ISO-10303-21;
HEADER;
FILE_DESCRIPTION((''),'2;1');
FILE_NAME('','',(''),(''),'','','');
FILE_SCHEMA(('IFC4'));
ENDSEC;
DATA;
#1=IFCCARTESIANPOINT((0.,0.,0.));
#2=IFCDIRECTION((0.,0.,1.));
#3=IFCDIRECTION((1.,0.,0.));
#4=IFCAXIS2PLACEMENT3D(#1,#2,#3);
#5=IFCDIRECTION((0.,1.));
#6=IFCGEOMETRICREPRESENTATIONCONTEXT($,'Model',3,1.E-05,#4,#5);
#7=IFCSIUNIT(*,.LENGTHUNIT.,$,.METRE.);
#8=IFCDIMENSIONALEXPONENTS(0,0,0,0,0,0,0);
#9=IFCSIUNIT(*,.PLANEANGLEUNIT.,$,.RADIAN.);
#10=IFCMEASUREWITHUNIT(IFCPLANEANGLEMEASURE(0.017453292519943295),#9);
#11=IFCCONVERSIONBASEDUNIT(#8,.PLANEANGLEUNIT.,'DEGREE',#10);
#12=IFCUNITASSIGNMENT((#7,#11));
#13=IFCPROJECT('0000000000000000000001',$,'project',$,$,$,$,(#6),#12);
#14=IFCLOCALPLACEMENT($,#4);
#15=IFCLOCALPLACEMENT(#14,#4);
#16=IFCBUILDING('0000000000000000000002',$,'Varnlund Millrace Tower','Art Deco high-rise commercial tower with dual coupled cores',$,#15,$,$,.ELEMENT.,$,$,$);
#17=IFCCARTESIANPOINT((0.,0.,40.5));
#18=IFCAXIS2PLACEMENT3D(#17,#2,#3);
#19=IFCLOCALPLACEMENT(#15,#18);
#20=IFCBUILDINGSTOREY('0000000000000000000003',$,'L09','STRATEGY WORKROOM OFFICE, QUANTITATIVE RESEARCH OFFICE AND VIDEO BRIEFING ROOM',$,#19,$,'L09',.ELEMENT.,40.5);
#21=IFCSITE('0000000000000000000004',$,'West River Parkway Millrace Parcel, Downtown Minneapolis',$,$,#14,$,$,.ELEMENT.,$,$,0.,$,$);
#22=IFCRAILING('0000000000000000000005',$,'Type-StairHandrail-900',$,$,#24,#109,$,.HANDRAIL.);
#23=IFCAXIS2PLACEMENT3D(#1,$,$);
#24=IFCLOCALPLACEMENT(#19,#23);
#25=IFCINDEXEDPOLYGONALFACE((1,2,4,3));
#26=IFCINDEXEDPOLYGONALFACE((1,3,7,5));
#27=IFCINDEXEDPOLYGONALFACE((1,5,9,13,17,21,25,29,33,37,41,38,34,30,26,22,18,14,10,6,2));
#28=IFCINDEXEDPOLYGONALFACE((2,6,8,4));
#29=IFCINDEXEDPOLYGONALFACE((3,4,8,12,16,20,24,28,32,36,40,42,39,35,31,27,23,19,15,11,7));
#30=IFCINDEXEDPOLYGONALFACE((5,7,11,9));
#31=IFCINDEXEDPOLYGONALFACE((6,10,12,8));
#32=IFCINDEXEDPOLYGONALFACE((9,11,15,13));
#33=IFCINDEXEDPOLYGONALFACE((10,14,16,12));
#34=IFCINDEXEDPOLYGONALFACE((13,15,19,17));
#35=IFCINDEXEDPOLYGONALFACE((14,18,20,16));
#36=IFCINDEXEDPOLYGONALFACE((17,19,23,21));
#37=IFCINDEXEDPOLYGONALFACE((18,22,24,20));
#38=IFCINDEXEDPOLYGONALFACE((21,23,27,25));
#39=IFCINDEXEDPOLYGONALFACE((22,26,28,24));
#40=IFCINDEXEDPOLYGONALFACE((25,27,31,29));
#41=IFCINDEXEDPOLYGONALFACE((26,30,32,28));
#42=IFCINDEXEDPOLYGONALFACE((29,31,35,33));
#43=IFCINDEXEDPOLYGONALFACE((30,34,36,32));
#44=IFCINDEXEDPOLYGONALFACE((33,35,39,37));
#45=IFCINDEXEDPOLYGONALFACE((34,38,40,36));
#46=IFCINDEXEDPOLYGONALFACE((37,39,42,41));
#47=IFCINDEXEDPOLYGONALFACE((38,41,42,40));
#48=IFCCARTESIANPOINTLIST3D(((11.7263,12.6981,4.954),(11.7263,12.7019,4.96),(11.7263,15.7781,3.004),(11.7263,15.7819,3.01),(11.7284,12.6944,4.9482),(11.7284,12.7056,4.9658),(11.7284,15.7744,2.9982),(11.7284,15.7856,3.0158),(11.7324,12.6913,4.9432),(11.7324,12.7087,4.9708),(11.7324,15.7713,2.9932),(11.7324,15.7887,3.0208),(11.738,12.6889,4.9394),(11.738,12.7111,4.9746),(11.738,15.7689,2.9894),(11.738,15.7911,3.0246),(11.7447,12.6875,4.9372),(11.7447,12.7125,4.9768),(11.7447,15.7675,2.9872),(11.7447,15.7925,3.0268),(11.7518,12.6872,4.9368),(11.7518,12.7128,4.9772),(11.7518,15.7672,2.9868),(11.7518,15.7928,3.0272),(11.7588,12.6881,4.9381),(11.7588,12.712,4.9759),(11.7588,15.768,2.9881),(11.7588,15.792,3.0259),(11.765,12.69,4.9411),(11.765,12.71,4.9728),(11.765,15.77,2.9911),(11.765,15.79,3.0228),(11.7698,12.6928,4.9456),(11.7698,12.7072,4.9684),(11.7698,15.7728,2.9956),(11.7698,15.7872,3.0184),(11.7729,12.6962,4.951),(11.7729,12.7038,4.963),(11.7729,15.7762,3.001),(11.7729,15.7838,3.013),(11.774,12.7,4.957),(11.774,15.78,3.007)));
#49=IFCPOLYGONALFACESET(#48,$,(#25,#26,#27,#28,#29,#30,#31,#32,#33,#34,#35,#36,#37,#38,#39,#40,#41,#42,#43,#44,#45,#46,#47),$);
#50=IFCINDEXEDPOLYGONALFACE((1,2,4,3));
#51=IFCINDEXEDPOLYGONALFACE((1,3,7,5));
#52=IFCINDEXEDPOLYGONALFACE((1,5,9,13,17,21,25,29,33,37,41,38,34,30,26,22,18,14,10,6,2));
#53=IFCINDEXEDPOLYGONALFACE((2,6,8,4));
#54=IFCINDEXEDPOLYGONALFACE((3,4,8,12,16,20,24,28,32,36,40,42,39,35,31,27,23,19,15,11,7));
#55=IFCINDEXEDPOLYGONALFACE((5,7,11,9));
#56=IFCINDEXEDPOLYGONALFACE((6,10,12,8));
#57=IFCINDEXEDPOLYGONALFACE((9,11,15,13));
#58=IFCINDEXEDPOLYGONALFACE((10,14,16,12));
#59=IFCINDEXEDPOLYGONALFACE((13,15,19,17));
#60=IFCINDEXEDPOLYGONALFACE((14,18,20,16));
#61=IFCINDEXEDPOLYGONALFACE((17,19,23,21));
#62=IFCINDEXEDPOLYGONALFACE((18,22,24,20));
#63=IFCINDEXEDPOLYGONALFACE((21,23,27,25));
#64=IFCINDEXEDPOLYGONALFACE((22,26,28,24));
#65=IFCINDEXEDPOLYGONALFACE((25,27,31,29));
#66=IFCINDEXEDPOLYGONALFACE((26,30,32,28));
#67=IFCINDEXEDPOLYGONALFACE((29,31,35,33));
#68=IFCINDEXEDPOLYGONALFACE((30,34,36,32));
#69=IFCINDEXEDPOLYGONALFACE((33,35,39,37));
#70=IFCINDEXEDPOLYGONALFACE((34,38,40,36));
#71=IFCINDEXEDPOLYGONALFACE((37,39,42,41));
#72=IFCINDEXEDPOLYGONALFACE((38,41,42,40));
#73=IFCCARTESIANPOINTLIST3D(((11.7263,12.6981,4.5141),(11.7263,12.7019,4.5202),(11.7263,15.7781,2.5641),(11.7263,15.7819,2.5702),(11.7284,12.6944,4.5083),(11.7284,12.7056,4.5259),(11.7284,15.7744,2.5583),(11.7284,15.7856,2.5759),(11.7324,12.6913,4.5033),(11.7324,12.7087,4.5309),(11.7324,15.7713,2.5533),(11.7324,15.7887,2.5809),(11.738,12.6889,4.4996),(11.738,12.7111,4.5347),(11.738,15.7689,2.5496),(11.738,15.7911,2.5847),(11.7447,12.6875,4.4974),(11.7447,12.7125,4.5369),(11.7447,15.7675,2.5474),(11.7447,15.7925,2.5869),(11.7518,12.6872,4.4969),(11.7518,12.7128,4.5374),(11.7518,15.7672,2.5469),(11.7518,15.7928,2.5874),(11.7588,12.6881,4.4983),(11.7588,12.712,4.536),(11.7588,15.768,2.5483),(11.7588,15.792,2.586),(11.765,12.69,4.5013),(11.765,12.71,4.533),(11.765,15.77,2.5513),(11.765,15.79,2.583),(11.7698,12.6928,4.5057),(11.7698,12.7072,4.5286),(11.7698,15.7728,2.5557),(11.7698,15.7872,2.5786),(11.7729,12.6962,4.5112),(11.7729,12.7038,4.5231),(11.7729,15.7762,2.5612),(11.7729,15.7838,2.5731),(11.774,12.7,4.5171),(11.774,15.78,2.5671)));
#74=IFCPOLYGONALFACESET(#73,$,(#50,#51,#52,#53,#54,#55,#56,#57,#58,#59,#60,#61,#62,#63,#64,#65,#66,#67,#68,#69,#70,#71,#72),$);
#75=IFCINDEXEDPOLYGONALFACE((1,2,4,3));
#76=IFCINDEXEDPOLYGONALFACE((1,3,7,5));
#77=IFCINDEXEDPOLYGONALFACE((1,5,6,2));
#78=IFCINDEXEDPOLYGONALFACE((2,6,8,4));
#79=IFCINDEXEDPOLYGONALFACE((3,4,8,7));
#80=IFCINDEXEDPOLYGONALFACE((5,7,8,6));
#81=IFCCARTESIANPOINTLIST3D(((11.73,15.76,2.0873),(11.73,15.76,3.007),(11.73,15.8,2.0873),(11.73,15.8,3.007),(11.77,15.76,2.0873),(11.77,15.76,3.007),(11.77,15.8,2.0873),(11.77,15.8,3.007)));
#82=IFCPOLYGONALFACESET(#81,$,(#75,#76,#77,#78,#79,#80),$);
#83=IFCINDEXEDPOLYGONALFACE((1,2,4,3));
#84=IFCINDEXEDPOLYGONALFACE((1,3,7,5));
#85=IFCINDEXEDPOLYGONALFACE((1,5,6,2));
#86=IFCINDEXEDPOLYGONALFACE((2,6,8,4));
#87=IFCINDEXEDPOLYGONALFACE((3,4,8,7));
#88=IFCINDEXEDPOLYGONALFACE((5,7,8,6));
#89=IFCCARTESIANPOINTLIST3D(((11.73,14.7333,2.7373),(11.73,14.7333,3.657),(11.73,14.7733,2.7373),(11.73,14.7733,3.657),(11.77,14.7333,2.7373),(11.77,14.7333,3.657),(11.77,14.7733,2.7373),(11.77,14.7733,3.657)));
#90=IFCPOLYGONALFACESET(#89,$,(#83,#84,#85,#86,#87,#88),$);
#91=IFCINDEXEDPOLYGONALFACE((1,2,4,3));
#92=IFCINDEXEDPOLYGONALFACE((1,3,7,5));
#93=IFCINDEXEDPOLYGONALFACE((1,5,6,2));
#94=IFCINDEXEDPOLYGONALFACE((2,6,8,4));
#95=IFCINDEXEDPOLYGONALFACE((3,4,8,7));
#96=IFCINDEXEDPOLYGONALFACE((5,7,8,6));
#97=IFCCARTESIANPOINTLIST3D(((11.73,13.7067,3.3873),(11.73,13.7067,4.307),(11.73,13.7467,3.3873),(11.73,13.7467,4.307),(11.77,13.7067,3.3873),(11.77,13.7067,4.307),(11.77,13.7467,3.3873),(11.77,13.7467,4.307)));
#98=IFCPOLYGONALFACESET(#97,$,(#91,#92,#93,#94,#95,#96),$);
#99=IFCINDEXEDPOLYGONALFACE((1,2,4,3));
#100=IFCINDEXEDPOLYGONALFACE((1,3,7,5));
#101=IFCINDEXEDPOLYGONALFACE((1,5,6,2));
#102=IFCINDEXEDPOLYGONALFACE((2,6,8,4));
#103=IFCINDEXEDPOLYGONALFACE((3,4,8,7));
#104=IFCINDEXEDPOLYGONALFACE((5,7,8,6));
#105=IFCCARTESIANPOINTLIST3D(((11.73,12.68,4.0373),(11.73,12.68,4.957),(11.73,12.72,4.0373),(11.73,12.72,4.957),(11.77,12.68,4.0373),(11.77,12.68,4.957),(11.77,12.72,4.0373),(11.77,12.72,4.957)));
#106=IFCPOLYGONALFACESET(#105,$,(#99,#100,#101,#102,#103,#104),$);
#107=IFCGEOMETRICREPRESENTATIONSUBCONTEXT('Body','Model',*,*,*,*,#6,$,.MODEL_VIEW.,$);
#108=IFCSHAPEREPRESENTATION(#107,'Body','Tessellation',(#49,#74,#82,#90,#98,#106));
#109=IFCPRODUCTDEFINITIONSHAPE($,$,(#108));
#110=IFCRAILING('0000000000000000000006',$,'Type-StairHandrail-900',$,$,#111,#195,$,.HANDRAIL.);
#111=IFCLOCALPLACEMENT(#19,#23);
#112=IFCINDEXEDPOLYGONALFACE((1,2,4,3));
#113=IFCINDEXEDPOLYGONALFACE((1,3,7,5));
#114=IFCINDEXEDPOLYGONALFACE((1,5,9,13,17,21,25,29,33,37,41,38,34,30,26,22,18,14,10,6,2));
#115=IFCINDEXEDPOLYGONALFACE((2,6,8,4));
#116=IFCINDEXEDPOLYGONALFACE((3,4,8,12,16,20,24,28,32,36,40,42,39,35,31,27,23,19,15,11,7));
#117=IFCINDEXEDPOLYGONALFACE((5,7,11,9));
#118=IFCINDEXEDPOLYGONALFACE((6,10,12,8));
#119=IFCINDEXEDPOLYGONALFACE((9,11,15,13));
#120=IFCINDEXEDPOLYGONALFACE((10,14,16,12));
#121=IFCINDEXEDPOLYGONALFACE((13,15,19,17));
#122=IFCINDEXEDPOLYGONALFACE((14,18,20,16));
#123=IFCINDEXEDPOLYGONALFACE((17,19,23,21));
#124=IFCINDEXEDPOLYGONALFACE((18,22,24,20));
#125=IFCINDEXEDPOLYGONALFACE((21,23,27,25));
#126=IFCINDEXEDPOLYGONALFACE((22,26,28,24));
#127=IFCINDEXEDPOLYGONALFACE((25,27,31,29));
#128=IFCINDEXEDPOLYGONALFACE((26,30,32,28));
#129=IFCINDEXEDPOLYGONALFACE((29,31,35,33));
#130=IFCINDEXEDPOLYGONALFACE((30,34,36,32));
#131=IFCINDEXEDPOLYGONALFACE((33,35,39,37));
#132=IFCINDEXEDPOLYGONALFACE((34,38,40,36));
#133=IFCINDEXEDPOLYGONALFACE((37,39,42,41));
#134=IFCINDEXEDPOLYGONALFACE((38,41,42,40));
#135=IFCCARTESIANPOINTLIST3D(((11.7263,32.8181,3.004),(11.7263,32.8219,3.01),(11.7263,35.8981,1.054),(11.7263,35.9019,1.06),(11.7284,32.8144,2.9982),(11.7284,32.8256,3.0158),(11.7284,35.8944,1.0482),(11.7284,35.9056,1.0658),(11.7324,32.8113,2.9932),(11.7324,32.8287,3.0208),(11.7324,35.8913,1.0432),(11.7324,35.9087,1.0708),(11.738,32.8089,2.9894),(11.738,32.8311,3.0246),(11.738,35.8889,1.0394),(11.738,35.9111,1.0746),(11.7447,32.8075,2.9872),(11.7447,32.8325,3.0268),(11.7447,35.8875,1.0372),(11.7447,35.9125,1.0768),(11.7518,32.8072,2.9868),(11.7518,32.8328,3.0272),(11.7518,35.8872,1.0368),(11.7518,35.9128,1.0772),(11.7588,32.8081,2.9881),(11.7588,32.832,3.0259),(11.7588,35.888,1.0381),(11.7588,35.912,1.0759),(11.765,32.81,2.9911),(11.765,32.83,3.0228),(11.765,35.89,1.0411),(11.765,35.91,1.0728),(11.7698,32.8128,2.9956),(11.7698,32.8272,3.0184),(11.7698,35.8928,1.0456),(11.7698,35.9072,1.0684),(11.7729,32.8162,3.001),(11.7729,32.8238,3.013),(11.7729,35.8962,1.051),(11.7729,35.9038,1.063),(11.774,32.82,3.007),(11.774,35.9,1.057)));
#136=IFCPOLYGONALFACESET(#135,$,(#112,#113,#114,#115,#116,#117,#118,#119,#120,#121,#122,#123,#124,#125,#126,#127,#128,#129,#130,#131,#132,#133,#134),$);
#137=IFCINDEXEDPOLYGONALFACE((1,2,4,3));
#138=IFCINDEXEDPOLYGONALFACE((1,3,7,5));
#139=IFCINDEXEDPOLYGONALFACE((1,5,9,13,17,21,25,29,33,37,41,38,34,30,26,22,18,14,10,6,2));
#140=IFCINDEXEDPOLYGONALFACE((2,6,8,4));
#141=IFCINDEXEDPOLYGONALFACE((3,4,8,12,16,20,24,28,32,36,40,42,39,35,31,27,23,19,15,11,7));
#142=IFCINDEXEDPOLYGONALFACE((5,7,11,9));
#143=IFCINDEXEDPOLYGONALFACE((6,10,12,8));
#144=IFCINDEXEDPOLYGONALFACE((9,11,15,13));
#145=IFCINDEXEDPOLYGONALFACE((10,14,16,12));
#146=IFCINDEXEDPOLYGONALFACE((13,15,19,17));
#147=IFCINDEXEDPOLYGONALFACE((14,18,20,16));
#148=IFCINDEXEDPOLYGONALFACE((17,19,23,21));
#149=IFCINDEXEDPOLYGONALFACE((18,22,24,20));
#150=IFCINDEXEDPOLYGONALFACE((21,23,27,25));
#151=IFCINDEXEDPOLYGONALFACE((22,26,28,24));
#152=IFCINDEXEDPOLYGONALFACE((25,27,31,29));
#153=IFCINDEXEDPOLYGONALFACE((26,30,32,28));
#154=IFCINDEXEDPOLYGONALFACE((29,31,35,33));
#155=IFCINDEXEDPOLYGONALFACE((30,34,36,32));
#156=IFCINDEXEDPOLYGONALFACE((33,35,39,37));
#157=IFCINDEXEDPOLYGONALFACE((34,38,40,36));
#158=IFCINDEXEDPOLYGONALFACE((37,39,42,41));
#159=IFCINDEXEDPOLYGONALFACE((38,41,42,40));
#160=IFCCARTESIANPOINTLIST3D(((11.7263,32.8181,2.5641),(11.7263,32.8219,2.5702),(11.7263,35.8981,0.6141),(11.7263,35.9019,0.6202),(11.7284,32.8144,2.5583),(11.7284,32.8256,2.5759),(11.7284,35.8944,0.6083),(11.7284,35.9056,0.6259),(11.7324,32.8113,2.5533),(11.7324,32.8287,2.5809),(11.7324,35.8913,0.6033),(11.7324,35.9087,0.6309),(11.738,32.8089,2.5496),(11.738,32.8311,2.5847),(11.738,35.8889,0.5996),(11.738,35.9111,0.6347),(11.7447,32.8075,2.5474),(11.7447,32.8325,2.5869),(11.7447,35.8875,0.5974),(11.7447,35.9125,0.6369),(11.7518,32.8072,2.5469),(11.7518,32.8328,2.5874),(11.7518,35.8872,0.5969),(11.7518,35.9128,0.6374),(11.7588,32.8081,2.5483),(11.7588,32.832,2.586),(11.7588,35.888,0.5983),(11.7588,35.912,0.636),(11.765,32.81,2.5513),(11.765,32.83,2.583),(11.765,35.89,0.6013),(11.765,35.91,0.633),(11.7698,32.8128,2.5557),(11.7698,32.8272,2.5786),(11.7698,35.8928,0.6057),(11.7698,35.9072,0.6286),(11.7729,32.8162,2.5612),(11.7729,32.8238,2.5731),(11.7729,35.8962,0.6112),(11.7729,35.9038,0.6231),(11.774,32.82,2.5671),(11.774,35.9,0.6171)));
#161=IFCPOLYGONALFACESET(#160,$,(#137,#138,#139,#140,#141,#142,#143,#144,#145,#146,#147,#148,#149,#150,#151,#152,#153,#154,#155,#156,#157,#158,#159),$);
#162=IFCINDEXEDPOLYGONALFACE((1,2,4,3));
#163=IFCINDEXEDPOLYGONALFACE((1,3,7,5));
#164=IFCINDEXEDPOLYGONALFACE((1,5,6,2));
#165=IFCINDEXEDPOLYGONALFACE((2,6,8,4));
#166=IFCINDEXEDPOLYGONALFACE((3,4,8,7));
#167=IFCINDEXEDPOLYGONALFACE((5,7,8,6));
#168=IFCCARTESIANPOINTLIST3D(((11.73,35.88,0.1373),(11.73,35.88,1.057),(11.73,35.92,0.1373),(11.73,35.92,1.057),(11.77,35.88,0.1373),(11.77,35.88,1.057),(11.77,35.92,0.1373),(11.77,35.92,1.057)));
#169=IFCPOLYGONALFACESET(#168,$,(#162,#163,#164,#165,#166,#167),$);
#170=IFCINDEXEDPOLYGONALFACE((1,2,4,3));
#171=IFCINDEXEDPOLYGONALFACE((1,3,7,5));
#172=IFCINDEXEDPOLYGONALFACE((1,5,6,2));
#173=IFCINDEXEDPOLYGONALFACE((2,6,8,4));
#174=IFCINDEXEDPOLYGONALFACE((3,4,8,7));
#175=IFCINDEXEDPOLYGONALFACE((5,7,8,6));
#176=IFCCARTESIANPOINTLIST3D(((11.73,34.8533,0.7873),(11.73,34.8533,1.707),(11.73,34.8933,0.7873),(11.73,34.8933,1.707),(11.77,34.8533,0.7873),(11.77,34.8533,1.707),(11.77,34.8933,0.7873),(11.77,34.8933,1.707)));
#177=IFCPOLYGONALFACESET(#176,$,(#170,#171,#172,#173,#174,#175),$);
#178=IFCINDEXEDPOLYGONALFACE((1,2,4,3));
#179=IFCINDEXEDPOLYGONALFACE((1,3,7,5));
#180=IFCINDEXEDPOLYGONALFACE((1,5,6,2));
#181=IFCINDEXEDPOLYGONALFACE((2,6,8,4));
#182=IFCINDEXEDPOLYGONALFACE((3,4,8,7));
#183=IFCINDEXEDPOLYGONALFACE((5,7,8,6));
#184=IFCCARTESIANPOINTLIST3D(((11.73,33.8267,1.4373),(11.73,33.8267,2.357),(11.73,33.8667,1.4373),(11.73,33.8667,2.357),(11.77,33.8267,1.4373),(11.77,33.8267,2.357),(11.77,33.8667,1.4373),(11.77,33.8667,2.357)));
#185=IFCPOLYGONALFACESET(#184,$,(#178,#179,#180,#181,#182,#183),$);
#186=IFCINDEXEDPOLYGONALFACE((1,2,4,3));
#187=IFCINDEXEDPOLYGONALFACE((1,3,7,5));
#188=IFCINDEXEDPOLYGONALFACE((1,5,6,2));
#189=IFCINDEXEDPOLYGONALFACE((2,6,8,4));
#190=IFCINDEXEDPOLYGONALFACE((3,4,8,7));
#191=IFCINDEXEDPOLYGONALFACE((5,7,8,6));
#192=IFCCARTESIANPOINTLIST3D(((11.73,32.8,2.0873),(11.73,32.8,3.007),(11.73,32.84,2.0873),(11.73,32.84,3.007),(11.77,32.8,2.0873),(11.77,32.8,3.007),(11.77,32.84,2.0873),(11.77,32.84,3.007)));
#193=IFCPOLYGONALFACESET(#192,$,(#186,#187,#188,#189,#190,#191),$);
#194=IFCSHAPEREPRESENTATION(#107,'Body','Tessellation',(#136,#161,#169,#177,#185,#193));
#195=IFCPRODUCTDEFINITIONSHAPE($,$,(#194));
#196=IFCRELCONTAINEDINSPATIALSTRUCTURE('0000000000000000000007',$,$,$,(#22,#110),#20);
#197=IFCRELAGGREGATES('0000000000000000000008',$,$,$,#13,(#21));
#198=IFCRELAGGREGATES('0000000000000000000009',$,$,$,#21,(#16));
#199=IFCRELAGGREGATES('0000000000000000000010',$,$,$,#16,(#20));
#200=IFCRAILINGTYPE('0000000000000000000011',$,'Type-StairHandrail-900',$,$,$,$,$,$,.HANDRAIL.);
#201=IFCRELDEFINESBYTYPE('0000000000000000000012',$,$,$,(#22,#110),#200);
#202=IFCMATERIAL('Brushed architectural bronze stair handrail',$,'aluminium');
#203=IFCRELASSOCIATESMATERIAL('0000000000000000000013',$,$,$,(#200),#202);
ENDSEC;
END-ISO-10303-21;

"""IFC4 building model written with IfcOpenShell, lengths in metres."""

from ifc_helpers import new_model, entity, si_unit, converted_unit, direction, frame, origin_with_axes, origin_2d_with_axis, place, context, subcontext, project, spatial, rectangle, circle, extrude, material, type_object, element, save


model = new_model("IFC4")

# Units and contexts
model_context = context("Model", 3, precision=1e-05, world=origin_with_axes(), true_north=direction((0.0, 1.0)))
body_context = subcontext(model_context, "Body", "Model", "MODEL_VIEW")
ifc_project = project(units=[si_unit("LENGTHUNIT", "METRE"), converted_unit("PLANEANGLEUNIT", "DEGREE", entity("IfcPlaneAngleMeasure", 0.017453292519943295), si_unit("PLANEANGLEUNIT", "RADIAN"), dimensions=[0, 0, 0, 0, 0, 0, 0])], contexts=[model_context])

# Site, building, storey
site_placement = place(None, origin_with_axes())
site = spatial("IfcSite", under=ifc_project, at=site_placement, Name="West River Parkway Millrace Parcel, Downtown Minneapolis", CompositionType="ELEMENT", RefElevation=0.0)
building_placement = place(site_placement, origin_with_axes())
building = spatial("IfcBuilding", under=site, at=building_placement, Name="Varnlund Millrace Tower", Description="Art Deco high-rise commercial tower with dual coupled cores", CompositionType="ELEMENT")
storey_placement = place(building_placement, frame((0.0, 0.0, 40.5), z_axis=(0.0, 0.0, 1.0), x_axis=(1.0, 0.0, 0.0)))
storey = spatial("IfcBuildingStorey", under=building, at=storey_placement, Name="L09", Description="STRATEGY WORKROOM OFFICE, QUANTITATIVE RESEARCH OFFICE AND VIDEO BRIEFING ROOM", LongName="L09", CompositionType="ELEMENT", Elevation=40.5)

# Railings
ifc_material_1 = material(Name="Brushed architectural bronze stair handrail", Category="aluminium")
railing_type_1 = type_object("IfcRailingType", Name="Type-StairHandrail-900", PredefinedType="HANDRAIL", material=ifc_material_1)
railing_1_placement = place(storey_placement, frame((0.0, 0.0, -40.5), z_axis=(0.0, 0.0, 1.0), x_axis=(1.0, 0.0, 0.0)))
element("IfcRailing", 1, at=railing_1_placement, inside=storey, type_object=railing_type_1, Name="Type-StairHandrail-900", PredefinedType="HANDRAIL", context=body_context, shape_type="SweptSolid", body=[
    extrude(circle(Radius=0.024, at=origin_2d_with_axis()), frame((11.75, 15.78, 43.507), z_axis=(0.0, -0.844902, 0.534922), x_axis=(1.0, 0.0, 0.0)), (0.0, 0.0, 1.0), 3.6454),
    extrude(circle(Radius=0.024, at=origin_2d_with_axis()), frame((11.75, 15.78, 43.0671), z_axis=(0.0, -0.844902, 0.534922), x_axis=(1.0, 0.0, 0.0)), (0.0, 0.0, 1.0), 3.6454),
    extrude(rectangle(XDim=0.04, YDim=0.04, at=origin_2d_with_axis()), frame((11.75, 15.78, 42.5873), z_axis=(0.0, 0.0, 1.0), x_axis=(1.0, 0.0, 0.0)), (0.0, 0.0, 1.0), 0.9197),
    extrude(rectangle(XDim=0.04, YDim=0.04, at=origin_2d_with_axis()), frame((11.75, 14.7533, 43.2373), z_axis=(0.0, 0.0, 1.0), x_axis=(1.0, 0.0, 0.0)), (0.0, 0.0, 1.0), 0.9197),
    extrude(rectangle(XDim=0.04, YDim=0.04, at=origin_2d_with_axis()), frame((11.75, 13.7267, 43.8873), z_axis=(0.0, 0.0, 1.0), x_axis=(1.0, 0.0, 0.0)), (0.0, 0.0, 1.0), 0.9197),
    extrude(rectangle(XDim=0.04, YDim=0.04, at=origin_2d_with_axis()), frame((11.75, 12.7, 44.5373), z_axis=(0.0, 0.0, 1.0), x_axis=(1.0, 0.0, 0.0)), (0.0, 0.0, 1.0), 0.9197),
])
railing_2_placement = place(storey_placement, frame((0.0, 0.0, -40.5), z_axis=(0.0, 0.0, 1.0), x_axis=(1.0, 0.0, 0.0)))
element("IfcRailing", 2, at=railing_2_placement, inside=storey, type_object=railing_type_1, Name="Type-StairHandrail-900", PredefinedType="HANDRAIL", context=body_context, shape_type="SweptSolid", body=[
    extrude(circle(Radius=0.024, at=origin_2d_with_axis()), frame((11.75, 35.9, 41.557), z_axis=(0.0, -0.844902, 0.534922), x_axis=(1.0, 0.0, 0.0)), (0.0, 0.0, 1.0), 3.6454),
    extrude(circle(Radius=0.024, at=origin_2d_with_axis()), frame((11.75, 35.9, 41.1171), z_axis=(0.0, -0.844902, 0.534922), x_axis=(1.0, 0.0, 0.0)), (0.0, 0.0, 1.0), 3.6454),
    extrude(rectangle(XDim=0.04, YDim=0.04, at=origin_2d_with_axis()), frame((11.75, 35.9, 40.6373), z_axis=(0.0, 0.0, 1.0), x_axis=(1.0, 0.0, 0.0)), (0.0, 0.0, 1.0), 0.9197),
    extrude(rectangle(XDim=0.04, YDim=0.04, at=origin_2d_with_axis()), frame((11.75, 34.8733, 41.2873), z_axis=(0.0, 0.0, 1.0), x_axis=(1.0, 0.0, 0.0)), (0.0, 0.0, 1.0), 0.9197),
    extrude(rectangle(XDim=0.04, YDim=0.04, at=origin_2d_with_axis()), frame((11.75, 33.8467, 41.9373), z_axis=(0.0, 0.0, 1.0), x_axis=(1.0, 0.0, 0.0)), (0.0, 0.0, 1.0), 0.9197),
    extrude(rectangle(XDim=0.04, YDim=0.04, at=origin_2d_with_axis()), frame((11.75, 32.82, 42.5873), z_axis=(0.0, 0.0, 1.0), x_axis=(1.0, 0.0, 0.0)), (0.0, 0.0, 1.0), 0.9197),
])

save(model, "model.ifc")
